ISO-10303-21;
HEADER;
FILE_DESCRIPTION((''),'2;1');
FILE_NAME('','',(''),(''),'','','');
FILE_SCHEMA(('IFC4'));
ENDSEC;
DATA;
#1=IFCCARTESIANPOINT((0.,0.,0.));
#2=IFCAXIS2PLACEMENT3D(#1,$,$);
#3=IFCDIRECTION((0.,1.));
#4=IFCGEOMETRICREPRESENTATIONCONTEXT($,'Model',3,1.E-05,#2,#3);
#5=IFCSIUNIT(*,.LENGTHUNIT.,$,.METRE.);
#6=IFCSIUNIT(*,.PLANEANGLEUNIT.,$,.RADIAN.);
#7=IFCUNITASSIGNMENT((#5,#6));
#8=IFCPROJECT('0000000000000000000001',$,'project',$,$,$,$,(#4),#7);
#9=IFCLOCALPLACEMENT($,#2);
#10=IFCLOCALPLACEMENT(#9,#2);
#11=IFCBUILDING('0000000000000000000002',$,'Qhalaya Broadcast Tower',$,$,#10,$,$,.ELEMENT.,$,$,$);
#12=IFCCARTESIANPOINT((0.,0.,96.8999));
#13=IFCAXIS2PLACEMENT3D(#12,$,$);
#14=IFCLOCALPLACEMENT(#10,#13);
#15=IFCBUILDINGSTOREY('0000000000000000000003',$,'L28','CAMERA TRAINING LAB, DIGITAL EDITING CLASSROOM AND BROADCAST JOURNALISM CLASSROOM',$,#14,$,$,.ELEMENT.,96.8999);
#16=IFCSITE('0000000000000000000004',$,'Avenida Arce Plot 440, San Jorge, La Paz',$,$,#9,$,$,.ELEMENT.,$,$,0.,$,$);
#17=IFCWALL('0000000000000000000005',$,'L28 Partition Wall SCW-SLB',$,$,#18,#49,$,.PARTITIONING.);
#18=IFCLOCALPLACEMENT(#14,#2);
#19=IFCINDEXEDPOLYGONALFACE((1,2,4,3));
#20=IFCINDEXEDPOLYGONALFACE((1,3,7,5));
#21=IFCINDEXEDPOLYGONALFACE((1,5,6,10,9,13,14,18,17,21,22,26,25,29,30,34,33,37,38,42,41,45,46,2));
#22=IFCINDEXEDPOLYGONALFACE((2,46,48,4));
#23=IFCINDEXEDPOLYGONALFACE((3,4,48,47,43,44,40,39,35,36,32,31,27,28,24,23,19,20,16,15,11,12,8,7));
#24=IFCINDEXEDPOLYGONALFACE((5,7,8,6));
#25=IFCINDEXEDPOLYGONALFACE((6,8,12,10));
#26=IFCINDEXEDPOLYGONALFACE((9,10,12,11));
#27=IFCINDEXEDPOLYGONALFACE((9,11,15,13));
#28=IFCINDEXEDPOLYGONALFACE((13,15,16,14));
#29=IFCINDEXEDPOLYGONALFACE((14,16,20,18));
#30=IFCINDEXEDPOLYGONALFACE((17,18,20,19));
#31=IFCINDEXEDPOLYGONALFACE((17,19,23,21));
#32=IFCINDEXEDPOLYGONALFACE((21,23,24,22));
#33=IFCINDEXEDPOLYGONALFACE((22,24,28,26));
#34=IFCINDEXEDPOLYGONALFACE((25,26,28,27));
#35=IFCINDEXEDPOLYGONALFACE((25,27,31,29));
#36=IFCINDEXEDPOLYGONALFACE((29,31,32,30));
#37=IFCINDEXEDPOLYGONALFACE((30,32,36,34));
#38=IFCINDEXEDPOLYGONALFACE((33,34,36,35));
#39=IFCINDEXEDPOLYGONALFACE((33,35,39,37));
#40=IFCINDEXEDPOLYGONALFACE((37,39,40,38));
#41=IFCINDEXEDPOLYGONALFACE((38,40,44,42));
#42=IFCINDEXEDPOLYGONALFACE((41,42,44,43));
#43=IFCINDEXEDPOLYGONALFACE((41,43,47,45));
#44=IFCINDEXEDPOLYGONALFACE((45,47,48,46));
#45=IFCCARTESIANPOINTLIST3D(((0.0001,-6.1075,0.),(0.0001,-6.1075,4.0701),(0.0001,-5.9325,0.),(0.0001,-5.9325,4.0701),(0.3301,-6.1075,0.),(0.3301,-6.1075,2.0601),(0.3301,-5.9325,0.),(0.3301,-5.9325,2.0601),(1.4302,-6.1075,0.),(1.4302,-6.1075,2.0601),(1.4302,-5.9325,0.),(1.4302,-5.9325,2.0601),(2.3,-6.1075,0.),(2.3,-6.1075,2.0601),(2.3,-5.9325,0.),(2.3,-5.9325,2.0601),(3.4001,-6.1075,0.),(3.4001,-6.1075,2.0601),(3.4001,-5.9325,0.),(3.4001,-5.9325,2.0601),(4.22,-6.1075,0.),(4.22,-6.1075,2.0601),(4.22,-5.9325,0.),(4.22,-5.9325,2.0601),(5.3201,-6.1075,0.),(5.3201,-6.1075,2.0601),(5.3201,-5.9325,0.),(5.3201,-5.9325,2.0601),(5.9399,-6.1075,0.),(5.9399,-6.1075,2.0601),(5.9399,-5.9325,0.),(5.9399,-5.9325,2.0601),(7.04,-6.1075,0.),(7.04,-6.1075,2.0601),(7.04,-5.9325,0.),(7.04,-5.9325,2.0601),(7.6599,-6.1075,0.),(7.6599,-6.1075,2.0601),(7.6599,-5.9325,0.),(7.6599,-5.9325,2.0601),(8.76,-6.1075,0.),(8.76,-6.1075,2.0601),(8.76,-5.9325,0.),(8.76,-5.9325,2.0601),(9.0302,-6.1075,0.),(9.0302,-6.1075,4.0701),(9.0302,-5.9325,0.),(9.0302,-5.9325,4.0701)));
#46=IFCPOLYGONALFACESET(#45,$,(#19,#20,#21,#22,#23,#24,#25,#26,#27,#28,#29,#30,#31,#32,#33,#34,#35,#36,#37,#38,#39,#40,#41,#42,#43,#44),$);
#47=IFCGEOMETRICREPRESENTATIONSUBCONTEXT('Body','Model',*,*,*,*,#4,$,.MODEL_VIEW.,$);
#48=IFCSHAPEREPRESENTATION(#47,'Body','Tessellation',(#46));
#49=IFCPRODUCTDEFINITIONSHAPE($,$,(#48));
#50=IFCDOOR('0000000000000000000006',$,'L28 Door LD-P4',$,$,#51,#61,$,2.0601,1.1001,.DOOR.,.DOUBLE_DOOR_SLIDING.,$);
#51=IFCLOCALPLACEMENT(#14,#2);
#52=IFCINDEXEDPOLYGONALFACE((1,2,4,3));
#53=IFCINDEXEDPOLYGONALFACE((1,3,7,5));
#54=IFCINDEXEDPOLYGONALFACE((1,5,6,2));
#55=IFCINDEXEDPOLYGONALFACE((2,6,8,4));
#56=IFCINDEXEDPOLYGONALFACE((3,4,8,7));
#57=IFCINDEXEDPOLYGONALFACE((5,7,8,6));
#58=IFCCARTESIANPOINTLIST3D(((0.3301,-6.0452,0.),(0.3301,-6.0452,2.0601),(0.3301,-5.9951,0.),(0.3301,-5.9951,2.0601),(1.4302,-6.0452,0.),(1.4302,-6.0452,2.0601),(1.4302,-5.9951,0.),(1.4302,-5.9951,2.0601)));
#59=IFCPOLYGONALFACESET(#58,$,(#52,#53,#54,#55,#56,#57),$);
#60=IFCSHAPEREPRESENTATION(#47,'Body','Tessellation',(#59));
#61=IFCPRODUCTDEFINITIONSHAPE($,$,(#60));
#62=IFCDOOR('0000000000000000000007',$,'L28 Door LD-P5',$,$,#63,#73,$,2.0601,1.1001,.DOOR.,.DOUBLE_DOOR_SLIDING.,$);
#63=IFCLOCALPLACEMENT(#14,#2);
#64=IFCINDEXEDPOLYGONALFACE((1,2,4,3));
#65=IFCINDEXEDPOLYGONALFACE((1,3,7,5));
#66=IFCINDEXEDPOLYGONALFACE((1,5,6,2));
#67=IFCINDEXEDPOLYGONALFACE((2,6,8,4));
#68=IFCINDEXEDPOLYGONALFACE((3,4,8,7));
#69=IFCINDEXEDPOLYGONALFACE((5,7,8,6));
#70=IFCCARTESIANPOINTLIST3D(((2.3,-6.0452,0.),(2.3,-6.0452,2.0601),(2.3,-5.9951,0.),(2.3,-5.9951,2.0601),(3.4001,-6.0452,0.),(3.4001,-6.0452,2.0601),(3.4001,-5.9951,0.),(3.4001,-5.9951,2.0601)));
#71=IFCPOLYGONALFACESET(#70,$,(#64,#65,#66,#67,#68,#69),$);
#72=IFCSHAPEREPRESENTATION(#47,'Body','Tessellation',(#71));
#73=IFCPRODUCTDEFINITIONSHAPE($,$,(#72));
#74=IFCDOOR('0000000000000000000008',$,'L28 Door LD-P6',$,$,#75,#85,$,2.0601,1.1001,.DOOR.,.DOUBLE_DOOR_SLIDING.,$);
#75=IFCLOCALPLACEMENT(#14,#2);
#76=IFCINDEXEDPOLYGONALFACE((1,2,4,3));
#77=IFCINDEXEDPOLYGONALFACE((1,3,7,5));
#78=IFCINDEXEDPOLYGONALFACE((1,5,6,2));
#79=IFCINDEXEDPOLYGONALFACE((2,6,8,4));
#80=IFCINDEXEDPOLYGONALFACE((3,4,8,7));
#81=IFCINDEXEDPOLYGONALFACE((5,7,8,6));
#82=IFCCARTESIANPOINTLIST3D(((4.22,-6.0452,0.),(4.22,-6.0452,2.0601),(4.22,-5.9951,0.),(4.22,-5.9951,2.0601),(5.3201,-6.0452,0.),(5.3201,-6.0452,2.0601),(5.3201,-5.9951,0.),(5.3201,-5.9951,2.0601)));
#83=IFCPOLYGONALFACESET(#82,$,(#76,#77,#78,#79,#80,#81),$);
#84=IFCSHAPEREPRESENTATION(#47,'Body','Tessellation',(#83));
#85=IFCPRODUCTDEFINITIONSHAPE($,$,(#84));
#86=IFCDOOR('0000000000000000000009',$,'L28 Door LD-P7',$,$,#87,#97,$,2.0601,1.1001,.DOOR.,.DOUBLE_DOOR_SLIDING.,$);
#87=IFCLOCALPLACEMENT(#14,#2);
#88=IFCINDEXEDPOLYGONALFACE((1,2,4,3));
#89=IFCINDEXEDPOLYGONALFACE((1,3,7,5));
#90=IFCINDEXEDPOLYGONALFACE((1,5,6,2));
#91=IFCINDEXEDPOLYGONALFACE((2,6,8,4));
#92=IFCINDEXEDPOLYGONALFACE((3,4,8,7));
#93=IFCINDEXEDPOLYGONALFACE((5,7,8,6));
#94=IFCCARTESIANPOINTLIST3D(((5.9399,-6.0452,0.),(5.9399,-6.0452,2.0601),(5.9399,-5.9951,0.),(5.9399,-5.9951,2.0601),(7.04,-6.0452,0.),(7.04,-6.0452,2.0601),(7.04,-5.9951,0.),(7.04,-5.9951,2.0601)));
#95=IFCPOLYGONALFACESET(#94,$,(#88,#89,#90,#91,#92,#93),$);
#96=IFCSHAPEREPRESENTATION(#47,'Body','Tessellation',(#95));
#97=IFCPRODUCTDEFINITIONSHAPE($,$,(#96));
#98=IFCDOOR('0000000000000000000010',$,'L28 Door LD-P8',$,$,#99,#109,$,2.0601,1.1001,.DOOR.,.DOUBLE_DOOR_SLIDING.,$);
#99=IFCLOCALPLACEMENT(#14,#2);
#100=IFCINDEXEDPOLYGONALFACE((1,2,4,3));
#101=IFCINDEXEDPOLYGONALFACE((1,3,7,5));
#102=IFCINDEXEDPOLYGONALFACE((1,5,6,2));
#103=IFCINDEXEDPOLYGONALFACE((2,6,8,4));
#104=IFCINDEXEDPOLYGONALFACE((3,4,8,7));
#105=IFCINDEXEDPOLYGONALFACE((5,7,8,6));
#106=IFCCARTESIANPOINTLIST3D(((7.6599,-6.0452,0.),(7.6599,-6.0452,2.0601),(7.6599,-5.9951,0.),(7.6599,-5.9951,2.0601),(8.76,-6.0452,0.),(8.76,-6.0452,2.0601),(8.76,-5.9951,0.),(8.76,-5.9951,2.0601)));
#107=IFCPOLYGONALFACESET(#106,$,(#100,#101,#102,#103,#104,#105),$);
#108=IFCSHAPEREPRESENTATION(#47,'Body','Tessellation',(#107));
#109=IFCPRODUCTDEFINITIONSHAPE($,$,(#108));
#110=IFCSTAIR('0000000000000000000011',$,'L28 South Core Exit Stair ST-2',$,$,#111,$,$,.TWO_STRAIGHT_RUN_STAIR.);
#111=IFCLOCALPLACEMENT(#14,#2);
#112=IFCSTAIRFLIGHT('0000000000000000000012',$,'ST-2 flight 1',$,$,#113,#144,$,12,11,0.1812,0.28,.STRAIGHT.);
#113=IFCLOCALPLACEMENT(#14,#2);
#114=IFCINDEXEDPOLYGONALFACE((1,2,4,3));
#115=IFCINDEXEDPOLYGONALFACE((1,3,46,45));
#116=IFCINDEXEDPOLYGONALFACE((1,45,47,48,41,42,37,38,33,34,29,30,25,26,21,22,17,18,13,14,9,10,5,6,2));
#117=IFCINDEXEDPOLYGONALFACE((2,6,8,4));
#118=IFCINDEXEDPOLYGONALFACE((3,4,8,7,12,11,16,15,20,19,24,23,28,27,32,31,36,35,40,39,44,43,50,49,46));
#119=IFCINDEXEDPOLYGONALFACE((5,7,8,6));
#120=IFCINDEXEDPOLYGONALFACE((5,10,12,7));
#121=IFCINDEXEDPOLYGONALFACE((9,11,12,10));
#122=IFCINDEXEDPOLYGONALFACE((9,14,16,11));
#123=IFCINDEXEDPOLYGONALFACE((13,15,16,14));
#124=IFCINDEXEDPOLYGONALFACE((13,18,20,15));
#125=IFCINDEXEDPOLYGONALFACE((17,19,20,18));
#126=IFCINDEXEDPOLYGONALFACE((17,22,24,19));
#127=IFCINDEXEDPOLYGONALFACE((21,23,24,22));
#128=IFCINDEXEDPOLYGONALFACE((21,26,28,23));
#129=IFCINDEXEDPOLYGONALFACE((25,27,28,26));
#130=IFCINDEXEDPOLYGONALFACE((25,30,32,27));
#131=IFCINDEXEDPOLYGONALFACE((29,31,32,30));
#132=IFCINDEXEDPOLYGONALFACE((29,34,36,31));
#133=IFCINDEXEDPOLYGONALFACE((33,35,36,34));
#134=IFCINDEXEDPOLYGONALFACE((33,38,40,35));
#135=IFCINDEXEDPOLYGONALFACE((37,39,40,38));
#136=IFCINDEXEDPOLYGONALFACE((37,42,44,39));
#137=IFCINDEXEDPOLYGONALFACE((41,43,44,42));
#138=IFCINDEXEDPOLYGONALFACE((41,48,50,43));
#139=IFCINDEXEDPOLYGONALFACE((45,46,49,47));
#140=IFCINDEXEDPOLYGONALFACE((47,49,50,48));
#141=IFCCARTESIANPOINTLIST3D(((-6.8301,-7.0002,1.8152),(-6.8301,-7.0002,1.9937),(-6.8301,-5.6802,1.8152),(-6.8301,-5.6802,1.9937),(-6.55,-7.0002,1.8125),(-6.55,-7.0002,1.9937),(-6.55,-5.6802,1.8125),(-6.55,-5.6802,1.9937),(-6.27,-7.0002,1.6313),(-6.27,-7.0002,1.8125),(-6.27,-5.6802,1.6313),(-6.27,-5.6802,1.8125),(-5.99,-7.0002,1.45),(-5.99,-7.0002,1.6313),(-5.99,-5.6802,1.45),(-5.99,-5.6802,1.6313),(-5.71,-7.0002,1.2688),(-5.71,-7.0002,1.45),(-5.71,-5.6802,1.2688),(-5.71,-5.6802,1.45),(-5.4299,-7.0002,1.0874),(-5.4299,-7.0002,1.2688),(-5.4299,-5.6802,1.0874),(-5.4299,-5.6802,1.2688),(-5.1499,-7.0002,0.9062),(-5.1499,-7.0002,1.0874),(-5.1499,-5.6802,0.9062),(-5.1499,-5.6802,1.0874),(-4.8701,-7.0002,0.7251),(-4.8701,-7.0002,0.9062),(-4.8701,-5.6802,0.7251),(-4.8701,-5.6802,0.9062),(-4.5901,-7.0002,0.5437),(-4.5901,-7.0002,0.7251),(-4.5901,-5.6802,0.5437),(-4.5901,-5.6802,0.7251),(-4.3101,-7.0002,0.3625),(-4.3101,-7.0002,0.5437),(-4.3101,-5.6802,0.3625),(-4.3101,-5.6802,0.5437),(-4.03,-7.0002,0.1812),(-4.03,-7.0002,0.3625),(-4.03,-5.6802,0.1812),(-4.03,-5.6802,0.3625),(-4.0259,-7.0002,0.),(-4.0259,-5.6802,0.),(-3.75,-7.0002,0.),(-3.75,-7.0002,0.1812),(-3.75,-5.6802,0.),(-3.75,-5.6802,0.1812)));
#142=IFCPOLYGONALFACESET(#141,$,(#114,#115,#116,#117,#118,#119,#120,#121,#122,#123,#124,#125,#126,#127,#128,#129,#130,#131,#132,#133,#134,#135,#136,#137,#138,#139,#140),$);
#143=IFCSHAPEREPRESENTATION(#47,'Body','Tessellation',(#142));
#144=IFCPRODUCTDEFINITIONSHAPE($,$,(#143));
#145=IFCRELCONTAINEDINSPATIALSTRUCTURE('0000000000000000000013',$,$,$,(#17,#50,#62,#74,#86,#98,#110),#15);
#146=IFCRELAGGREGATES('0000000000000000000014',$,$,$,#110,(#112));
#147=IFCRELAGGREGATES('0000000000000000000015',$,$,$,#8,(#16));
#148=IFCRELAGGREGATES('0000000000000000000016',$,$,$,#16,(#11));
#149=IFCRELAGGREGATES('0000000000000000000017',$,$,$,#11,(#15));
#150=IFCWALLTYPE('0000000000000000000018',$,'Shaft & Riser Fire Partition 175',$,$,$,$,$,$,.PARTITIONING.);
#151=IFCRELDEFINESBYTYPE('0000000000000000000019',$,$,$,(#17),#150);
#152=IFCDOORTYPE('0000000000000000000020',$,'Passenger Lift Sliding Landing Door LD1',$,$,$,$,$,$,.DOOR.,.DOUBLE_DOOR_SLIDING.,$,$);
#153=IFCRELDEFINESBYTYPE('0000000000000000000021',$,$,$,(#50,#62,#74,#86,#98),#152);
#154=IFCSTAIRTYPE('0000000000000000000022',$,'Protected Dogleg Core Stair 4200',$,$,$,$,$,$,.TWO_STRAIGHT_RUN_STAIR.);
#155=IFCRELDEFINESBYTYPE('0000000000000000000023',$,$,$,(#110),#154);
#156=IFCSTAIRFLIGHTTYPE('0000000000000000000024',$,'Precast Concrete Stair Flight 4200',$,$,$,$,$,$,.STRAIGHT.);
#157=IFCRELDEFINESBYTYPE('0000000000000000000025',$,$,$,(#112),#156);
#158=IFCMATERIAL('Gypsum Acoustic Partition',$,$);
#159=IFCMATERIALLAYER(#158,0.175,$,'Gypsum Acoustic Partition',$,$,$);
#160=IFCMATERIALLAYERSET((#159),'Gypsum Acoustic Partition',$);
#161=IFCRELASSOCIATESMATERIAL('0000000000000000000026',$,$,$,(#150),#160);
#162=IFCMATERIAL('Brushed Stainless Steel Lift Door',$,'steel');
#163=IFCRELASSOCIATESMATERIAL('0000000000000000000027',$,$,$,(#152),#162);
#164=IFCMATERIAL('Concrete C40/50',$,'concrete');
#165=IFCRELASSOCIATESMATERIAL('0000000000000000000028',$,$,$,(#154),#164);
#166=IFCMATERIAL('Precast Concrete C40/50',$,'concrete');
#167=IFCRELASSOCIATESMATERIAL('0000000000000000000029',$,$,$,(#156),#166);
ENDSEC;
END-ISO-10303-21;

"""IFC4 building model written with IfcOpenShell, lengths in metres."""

from ifc_helpers import new_model, si_unit, direction, frame, frame_2d, origin, place, context, subcontext, project, spatial, polyline, rectangle, outline, extrude, material, layer, layer_set, type_object, element, fill, aggregate, save


model = new_model("IFC4")

# Units and contexts
model_context = context("Model", 3, precision=1e-05, world=origin(), true_north=direction((0.0, 1.0)))
body_context = subcontext(model_context, "Body", "Model", "MODEL_VIEW")
ifc_project = project(units=[si_unit("LENGTHUNIT", "METRE"), si_unit("PLANEANGLEUNIT", "RADIAN")], contexts=[model_context])

# Site, building, storey
site_placement = place(None, origin())
site = spatial("IfcSite", under=ifc_project, at=site_placement, Name="Avenida Arce Plot 440, San Jorge, La Paz", CompositionType="ELEMENT", RefElevation=0.0)
building_placement = place(site_placement, origin())
building = spatial("IfcBuilding", under=site, at=building_placement, Name="Qhalaya Broadcast Tower", CompositionType="ELEMENT")
storey_placement = place(building_placement, frame((0.0, 0.0, 96.8999)))
storey = spatial("IfcBuildingStorey", under=building, at=storey_placement, Name="L28", Description="CAMERA TRAINING LAB, DIGITAL EDITING CLASSROOM AND BROADCAST JOURNALISM CLASSROOM", CompositionType="ELEMENT", Elevation=96.8999)

# Shared definitions
ifc_material_1 = material(Name="Brushed Stainless Steel Lift Door", Category="steel")
ifc_material_2 = material(Name="Gypsum Acoustic Partition")
ifc_layer_1 = layer(ifc_material_2, 0.175, Name="Gypsum Acoustic Partition")
ifc_layer_set_1 = layer_set([ifc_layer_1], Name="Gypsum Acoustic Partition")
wall_type_1 = type_object("IfcWallType", Name="Shaft & Riser Fire Partition 175", PredefinedType="PARTITIONING", material=ifc_layer_set_1)

# Wall, openings, doors
wall_1_placement = place(storey_placement, frame((0.0, -6.02, 0.0), z_axis=(0.0, 0.0, 1.0), x_axis=(1.0, 0.0, 0.0)))
wall_1 = element("IfcWall", 1, at=wall_1_placement, inside=storey, type_object=wall_type_1, Name="L28 Partition Wall SCW-SLB", PredefinedType="PARTITIONING", context=body_context, shape_type="SweptSolid", body=[
    extrude(rectangle(XDim=9.03, YDim=0.175, at=frame_2d((4.5151, 0.0))), origin(), (0.0, 0.0, 1.0), 4.0701),
])
opening_1_placement = place(wall_1_placement, frame((0.3301, 0.0, 0.0)))
opening_1 = element("IfcOpeningElement", 2, at=opening_1_placement, cuts=wall_1, PredefinedType="OPENING", context=body_context, shape_type="SweptSolid", body=[
    extrude(rectangle(XDim=1.1001, YDim=2.0601, at=frame_2d((0.55, 1.03))), frame((0.0, 0.0996, 0.0), z_axis=(0.0, -1.0, 0.0), x_axis=(1.0, 0.0, 0.0)), (0.0, 0.0, 1.0), 0.199),
])
opening_2_placement = place(wall_1_placement, frame((2.3, 0.0, 0.0)))
opening_2 = element("IfcOpeningElement", 3, at=opening_2_placement, cuts=wall_1, PredefinedType="OPENING", context=body_context, shape_type="SweptSolid", body=[
    extrude(rectangle(XDim=1.1001, YDim=2.0601, at=frame_2d((0.55, 1.03))), frame((0.0, 0.0996, 0.0), z_axis=(0.0, -1.0, 0.0), x_axis=(1.0, 0.0, 0.0)), (0.0, 0.0, 1.0), 0.199),
])
opening_3_placement = place(wall_1_placement, frame((4.22, 0.0, 0.0)))
opening_3 = element("IfcOpeningElement", 4, at=opening_3_placement, cuts=wall_1, PredefinedType="OPENING", context=body_context, shape_type="SweptSolid", body=[
    extrude(rectangle(XDim=1.1001, YDim=2.0601, at=frame_2d((0.55, 1.03))), frame((0.0, 0.0996, 0.0), z_axis=(0.0, -1.0, 0.0), x_axis=(1.0, 0.0, 0.0)), (0.0, 0.0, 1.0), 0.199),
])
opening_4_placement = place(wall_1_placement, frame((5.9399, 0.0, 0.0)))
opening_4 = element("IfcOpeningElement", 5, at=opening_4_placement, cuts=wall_1, PredefinedType="OPENING", context=body_context, shape_type="SweptSolid", body=[
    extrude(rectangle(XDim=1.1001, YDim=2.0601, at=frame_2d((0.55, 1.03))), frame((0.0, 0.0996, 0.0), z_axis=(0.0, -1.0, 0.0), x_axis=(1.0, 0.0, 0.0)), (0.0, 0.0, 1.0), 0.199),
])
opening_5_placement = place(wall_1_placement, frame((7.6599, 0.0, 0.0)))
opening_5 = element("IfcOpeningElement", 6, at=opening_5_placement, cuts=wall_1, PredefinedType="OPENING", context=body_context, shape_type="SweptSolid", body=[
    extrude(rectangle(XDim=1.1001, YDim=2.0601, at=frame_2d((0.55, 1.03))), frame((0.0, 0.0996, 0.0), z_axis=(0.0, -1.0, 0.0), x_axis=(1.0, 0.0, 0.0)), (0.0, 0.0, 1.0), 0.199),
])
door_type_1 = type_object("IfcDoorType", Name="Passenger Lift Sliding Landing Door LD1", OperationType="DOUBLE_DOOR_SLIDING", PredefinedType="DOOR", material=ifc_material_1)
door_1_placement = place(opening_1_placement, origin())
door_1 = element("IfcDoor", 7, at=door_1_placement, inside=storey, type_object=door_type_1, Name="L28 Door LD-P4", OperationType="DOUBLE_DOOR_SLIDING", OverallHeight=2.0601, OverallWidth=1.1001, PredefinedType="DOOR", context=body_context, shape_type="SweptSolid", body=[
    extrude(rectangle(XDim=1.1001, YDim=2.0601, at=frame_2d((0.55, 1.03))), frame((0.0, 0.0249, 0.0), z_axis=(0.0, -1.0, 0.0), x_axis=(1.0, 0.0, 0.0)), (0.0, 0.0, 1.0), 0.05),
])
fill(opening_1, door_1)
door_2_placement = place(opening_2_placement, origin())
door_2 = element("IfcDoor", 8, at=door_2_placement, inside=storey, type_object=door_type_1, Name="L28 Door LD-P5", OperationType="DOUBLE_DOOR_SLIDING", OverallHeight=2.0601, OverallWidth=1.1001, PredefinedType="DOOR", context=body_context, shape_type="SweptSolid", body=[
    extrude(rectangle(XDim=1.1001, YDim=2.0601, at=frame_2d((0.55, 1.03))), frame((0.0, 0.0249, 0.0), z_axis=(0.0, -1.0, 0.0), x_axis=(1.0, 0.0, 0.0)), (0.0, 0.0, 1.0), 0.05),
])
fill(opening_2, door_2)
door_3_placement = place(opening_3_placement, origin())
door_3 = element("IfcDoor", 9, at=door_3_placement, inside=storey, type_object=door_type_1, Name="L28 Door LD-P6", OperationType="DOUBLE_DOOR_SLIDING", OverallHeight=2.0601, OverallWidth=1.1001, PredefinedType="DOOR", context=body_context, shape_type="SweptSolid", body=[
    extrude(rectangle(XDim=1.1001, YDim=2.0601, at=frame_2d((0.55, 1.03))), frame((0.0, 0.0249, 0.0), z_axis=(0.0, -1.0, 0.0), x_axis=(1.0, 0.0, 0.0)), (0.0, 0.0, 1.0), 0.05),
])
fill(opening_3, door_3)
door_4_placement = place(opening_4_placement, origin())
door_4 = element("IfcDoor", 10, at=door_4_placement, inside=storey, type_object=door_type_1, Name="L28 Door LD-P7", OperationType="DOUBLE_DOOR_SLIDING", OverallHeight=2.0601, OverallWidth=1.1001, PredefinedType="DOOR", context=body_context, shape_type="SweptSolid", body=[
    extrude(rectangle(XDim=1.1001, YDim=2.0601, at=frame_2d((0.55, 1.03))), frame((0.0, 0.0249, 0.0), z_axis=(0.0, -1.0, 0.0), x_axis=(1.0, 0.0, 0.0)), (0.0, 0.0, 1.0), 0.05),
])
fill(opening_4, door_4)
door_5_placement = place(opening_5_placement, origin())
door_5 = element("IfcDoor", 11, at=door_5_placement, inside=storey, type_object=door_type_1, Name="L28 Door LD-P8", OperationType="DOUBLE_DOOR_SLIDING", OverallHeight=2.0601, OverallWidth=1.1001, PredefinedType="DOOR", context=body_context, shape_type="SweptSolid", body=[
    extrude(rectangle(XDim=1.1001, YDim=2.0601, at=frame_2d((0.55, 1.03))), frame((0.0, 0.0249, 0.0), z_axis=(0.0, -1.0, 0.0), x_axis=(1.0, 0.0, 0.0)), (0.0, 0.0, 1.0), 0.05),
])
fill(opening_5, door_5)

# Stair, stair flight
ifc_material_3 = material(Name="Concrete C40/50", Category="concrete")
stair_type = type_object("IfcStairType", Name="Protected Dogleg Core Stair 4200", PredefinedType="TWO_STRAIGHT_RUN_STAIR", material=ifc_material_3)
stair_placement = place(storey_placement, origin())
stair = element("IfcStair", 12, at=stair_placement, inside=storey, type_object=stair_type, Name="L28 South Core Exit Stair ST-2", PredefinedType="TWO_STRAIGHT_RUN_STAIR")
ifc_material_4 = material(Name="Precast Concrete C40/50", Category="concrete")
stair_flight_type = type_object("IfcStairFlightType", Name="Precast Concrete Stair Flight 4200", PredefinedType="STRAIGHT", material=ifc_material_4)
stair_flight_1_placement = place(storey_placement, frame((-3.75, -6.3401, 0.0), z_axis=(0.0, 0.0, 1.0), x_axis=(-1.0, 0.0, 0.0)))
stair_flight_1 = element("IfcStairFlight", 13, at=stair_flight_1_placement, type_object=stair_flight_type, Name="ST-2 flight 1", NumberOfRisers=12, NumberOfTreads=11, PredefinedType="STRAIGHT", RiserHeight=0.1812, TreadLength=0.28, context=body_context, shape_type="SweptSolid", body=[
    extrude(outline(polyline([(0.0, 0.0), (0.0, 0.1812), (0.28, 0.1812), (0.28, 0.3625), (0.5601, 0.3625), (0.5601, 0.5437), (0.8401, 0.5437), (0.8401, 0.7251), (1.1201, 0.7251), (1.1201, 0.9062), (1.3999, 0.9062), (1.3999, 1.0874), (1.6799, 1.0874), (1.6799, 1.2688), (1.96, 1.2688), (1.96, 1.45), (2.24, 1.45), (2.24, 1.6313), (2.52, 1.6313), (2.52, 1.8125), (2.8, 1.8125), (2.8, 1.9937), (3.0801, 1.9937), (3.0801, 2.175), (3.0801, 1.8152), (0.2759, 0.0), (0.0, 0.0)])), frame((0.0, 0.6602, 0.0), z_axis=(0.0, -1.0, 0.0), x_axis=(1.0, 0.0, 0.0)), (0.0, 0.0, 1.0), 1.3201),
])
aggregate(stair, [stair_flight_1])

save(model, "model.ifc")
